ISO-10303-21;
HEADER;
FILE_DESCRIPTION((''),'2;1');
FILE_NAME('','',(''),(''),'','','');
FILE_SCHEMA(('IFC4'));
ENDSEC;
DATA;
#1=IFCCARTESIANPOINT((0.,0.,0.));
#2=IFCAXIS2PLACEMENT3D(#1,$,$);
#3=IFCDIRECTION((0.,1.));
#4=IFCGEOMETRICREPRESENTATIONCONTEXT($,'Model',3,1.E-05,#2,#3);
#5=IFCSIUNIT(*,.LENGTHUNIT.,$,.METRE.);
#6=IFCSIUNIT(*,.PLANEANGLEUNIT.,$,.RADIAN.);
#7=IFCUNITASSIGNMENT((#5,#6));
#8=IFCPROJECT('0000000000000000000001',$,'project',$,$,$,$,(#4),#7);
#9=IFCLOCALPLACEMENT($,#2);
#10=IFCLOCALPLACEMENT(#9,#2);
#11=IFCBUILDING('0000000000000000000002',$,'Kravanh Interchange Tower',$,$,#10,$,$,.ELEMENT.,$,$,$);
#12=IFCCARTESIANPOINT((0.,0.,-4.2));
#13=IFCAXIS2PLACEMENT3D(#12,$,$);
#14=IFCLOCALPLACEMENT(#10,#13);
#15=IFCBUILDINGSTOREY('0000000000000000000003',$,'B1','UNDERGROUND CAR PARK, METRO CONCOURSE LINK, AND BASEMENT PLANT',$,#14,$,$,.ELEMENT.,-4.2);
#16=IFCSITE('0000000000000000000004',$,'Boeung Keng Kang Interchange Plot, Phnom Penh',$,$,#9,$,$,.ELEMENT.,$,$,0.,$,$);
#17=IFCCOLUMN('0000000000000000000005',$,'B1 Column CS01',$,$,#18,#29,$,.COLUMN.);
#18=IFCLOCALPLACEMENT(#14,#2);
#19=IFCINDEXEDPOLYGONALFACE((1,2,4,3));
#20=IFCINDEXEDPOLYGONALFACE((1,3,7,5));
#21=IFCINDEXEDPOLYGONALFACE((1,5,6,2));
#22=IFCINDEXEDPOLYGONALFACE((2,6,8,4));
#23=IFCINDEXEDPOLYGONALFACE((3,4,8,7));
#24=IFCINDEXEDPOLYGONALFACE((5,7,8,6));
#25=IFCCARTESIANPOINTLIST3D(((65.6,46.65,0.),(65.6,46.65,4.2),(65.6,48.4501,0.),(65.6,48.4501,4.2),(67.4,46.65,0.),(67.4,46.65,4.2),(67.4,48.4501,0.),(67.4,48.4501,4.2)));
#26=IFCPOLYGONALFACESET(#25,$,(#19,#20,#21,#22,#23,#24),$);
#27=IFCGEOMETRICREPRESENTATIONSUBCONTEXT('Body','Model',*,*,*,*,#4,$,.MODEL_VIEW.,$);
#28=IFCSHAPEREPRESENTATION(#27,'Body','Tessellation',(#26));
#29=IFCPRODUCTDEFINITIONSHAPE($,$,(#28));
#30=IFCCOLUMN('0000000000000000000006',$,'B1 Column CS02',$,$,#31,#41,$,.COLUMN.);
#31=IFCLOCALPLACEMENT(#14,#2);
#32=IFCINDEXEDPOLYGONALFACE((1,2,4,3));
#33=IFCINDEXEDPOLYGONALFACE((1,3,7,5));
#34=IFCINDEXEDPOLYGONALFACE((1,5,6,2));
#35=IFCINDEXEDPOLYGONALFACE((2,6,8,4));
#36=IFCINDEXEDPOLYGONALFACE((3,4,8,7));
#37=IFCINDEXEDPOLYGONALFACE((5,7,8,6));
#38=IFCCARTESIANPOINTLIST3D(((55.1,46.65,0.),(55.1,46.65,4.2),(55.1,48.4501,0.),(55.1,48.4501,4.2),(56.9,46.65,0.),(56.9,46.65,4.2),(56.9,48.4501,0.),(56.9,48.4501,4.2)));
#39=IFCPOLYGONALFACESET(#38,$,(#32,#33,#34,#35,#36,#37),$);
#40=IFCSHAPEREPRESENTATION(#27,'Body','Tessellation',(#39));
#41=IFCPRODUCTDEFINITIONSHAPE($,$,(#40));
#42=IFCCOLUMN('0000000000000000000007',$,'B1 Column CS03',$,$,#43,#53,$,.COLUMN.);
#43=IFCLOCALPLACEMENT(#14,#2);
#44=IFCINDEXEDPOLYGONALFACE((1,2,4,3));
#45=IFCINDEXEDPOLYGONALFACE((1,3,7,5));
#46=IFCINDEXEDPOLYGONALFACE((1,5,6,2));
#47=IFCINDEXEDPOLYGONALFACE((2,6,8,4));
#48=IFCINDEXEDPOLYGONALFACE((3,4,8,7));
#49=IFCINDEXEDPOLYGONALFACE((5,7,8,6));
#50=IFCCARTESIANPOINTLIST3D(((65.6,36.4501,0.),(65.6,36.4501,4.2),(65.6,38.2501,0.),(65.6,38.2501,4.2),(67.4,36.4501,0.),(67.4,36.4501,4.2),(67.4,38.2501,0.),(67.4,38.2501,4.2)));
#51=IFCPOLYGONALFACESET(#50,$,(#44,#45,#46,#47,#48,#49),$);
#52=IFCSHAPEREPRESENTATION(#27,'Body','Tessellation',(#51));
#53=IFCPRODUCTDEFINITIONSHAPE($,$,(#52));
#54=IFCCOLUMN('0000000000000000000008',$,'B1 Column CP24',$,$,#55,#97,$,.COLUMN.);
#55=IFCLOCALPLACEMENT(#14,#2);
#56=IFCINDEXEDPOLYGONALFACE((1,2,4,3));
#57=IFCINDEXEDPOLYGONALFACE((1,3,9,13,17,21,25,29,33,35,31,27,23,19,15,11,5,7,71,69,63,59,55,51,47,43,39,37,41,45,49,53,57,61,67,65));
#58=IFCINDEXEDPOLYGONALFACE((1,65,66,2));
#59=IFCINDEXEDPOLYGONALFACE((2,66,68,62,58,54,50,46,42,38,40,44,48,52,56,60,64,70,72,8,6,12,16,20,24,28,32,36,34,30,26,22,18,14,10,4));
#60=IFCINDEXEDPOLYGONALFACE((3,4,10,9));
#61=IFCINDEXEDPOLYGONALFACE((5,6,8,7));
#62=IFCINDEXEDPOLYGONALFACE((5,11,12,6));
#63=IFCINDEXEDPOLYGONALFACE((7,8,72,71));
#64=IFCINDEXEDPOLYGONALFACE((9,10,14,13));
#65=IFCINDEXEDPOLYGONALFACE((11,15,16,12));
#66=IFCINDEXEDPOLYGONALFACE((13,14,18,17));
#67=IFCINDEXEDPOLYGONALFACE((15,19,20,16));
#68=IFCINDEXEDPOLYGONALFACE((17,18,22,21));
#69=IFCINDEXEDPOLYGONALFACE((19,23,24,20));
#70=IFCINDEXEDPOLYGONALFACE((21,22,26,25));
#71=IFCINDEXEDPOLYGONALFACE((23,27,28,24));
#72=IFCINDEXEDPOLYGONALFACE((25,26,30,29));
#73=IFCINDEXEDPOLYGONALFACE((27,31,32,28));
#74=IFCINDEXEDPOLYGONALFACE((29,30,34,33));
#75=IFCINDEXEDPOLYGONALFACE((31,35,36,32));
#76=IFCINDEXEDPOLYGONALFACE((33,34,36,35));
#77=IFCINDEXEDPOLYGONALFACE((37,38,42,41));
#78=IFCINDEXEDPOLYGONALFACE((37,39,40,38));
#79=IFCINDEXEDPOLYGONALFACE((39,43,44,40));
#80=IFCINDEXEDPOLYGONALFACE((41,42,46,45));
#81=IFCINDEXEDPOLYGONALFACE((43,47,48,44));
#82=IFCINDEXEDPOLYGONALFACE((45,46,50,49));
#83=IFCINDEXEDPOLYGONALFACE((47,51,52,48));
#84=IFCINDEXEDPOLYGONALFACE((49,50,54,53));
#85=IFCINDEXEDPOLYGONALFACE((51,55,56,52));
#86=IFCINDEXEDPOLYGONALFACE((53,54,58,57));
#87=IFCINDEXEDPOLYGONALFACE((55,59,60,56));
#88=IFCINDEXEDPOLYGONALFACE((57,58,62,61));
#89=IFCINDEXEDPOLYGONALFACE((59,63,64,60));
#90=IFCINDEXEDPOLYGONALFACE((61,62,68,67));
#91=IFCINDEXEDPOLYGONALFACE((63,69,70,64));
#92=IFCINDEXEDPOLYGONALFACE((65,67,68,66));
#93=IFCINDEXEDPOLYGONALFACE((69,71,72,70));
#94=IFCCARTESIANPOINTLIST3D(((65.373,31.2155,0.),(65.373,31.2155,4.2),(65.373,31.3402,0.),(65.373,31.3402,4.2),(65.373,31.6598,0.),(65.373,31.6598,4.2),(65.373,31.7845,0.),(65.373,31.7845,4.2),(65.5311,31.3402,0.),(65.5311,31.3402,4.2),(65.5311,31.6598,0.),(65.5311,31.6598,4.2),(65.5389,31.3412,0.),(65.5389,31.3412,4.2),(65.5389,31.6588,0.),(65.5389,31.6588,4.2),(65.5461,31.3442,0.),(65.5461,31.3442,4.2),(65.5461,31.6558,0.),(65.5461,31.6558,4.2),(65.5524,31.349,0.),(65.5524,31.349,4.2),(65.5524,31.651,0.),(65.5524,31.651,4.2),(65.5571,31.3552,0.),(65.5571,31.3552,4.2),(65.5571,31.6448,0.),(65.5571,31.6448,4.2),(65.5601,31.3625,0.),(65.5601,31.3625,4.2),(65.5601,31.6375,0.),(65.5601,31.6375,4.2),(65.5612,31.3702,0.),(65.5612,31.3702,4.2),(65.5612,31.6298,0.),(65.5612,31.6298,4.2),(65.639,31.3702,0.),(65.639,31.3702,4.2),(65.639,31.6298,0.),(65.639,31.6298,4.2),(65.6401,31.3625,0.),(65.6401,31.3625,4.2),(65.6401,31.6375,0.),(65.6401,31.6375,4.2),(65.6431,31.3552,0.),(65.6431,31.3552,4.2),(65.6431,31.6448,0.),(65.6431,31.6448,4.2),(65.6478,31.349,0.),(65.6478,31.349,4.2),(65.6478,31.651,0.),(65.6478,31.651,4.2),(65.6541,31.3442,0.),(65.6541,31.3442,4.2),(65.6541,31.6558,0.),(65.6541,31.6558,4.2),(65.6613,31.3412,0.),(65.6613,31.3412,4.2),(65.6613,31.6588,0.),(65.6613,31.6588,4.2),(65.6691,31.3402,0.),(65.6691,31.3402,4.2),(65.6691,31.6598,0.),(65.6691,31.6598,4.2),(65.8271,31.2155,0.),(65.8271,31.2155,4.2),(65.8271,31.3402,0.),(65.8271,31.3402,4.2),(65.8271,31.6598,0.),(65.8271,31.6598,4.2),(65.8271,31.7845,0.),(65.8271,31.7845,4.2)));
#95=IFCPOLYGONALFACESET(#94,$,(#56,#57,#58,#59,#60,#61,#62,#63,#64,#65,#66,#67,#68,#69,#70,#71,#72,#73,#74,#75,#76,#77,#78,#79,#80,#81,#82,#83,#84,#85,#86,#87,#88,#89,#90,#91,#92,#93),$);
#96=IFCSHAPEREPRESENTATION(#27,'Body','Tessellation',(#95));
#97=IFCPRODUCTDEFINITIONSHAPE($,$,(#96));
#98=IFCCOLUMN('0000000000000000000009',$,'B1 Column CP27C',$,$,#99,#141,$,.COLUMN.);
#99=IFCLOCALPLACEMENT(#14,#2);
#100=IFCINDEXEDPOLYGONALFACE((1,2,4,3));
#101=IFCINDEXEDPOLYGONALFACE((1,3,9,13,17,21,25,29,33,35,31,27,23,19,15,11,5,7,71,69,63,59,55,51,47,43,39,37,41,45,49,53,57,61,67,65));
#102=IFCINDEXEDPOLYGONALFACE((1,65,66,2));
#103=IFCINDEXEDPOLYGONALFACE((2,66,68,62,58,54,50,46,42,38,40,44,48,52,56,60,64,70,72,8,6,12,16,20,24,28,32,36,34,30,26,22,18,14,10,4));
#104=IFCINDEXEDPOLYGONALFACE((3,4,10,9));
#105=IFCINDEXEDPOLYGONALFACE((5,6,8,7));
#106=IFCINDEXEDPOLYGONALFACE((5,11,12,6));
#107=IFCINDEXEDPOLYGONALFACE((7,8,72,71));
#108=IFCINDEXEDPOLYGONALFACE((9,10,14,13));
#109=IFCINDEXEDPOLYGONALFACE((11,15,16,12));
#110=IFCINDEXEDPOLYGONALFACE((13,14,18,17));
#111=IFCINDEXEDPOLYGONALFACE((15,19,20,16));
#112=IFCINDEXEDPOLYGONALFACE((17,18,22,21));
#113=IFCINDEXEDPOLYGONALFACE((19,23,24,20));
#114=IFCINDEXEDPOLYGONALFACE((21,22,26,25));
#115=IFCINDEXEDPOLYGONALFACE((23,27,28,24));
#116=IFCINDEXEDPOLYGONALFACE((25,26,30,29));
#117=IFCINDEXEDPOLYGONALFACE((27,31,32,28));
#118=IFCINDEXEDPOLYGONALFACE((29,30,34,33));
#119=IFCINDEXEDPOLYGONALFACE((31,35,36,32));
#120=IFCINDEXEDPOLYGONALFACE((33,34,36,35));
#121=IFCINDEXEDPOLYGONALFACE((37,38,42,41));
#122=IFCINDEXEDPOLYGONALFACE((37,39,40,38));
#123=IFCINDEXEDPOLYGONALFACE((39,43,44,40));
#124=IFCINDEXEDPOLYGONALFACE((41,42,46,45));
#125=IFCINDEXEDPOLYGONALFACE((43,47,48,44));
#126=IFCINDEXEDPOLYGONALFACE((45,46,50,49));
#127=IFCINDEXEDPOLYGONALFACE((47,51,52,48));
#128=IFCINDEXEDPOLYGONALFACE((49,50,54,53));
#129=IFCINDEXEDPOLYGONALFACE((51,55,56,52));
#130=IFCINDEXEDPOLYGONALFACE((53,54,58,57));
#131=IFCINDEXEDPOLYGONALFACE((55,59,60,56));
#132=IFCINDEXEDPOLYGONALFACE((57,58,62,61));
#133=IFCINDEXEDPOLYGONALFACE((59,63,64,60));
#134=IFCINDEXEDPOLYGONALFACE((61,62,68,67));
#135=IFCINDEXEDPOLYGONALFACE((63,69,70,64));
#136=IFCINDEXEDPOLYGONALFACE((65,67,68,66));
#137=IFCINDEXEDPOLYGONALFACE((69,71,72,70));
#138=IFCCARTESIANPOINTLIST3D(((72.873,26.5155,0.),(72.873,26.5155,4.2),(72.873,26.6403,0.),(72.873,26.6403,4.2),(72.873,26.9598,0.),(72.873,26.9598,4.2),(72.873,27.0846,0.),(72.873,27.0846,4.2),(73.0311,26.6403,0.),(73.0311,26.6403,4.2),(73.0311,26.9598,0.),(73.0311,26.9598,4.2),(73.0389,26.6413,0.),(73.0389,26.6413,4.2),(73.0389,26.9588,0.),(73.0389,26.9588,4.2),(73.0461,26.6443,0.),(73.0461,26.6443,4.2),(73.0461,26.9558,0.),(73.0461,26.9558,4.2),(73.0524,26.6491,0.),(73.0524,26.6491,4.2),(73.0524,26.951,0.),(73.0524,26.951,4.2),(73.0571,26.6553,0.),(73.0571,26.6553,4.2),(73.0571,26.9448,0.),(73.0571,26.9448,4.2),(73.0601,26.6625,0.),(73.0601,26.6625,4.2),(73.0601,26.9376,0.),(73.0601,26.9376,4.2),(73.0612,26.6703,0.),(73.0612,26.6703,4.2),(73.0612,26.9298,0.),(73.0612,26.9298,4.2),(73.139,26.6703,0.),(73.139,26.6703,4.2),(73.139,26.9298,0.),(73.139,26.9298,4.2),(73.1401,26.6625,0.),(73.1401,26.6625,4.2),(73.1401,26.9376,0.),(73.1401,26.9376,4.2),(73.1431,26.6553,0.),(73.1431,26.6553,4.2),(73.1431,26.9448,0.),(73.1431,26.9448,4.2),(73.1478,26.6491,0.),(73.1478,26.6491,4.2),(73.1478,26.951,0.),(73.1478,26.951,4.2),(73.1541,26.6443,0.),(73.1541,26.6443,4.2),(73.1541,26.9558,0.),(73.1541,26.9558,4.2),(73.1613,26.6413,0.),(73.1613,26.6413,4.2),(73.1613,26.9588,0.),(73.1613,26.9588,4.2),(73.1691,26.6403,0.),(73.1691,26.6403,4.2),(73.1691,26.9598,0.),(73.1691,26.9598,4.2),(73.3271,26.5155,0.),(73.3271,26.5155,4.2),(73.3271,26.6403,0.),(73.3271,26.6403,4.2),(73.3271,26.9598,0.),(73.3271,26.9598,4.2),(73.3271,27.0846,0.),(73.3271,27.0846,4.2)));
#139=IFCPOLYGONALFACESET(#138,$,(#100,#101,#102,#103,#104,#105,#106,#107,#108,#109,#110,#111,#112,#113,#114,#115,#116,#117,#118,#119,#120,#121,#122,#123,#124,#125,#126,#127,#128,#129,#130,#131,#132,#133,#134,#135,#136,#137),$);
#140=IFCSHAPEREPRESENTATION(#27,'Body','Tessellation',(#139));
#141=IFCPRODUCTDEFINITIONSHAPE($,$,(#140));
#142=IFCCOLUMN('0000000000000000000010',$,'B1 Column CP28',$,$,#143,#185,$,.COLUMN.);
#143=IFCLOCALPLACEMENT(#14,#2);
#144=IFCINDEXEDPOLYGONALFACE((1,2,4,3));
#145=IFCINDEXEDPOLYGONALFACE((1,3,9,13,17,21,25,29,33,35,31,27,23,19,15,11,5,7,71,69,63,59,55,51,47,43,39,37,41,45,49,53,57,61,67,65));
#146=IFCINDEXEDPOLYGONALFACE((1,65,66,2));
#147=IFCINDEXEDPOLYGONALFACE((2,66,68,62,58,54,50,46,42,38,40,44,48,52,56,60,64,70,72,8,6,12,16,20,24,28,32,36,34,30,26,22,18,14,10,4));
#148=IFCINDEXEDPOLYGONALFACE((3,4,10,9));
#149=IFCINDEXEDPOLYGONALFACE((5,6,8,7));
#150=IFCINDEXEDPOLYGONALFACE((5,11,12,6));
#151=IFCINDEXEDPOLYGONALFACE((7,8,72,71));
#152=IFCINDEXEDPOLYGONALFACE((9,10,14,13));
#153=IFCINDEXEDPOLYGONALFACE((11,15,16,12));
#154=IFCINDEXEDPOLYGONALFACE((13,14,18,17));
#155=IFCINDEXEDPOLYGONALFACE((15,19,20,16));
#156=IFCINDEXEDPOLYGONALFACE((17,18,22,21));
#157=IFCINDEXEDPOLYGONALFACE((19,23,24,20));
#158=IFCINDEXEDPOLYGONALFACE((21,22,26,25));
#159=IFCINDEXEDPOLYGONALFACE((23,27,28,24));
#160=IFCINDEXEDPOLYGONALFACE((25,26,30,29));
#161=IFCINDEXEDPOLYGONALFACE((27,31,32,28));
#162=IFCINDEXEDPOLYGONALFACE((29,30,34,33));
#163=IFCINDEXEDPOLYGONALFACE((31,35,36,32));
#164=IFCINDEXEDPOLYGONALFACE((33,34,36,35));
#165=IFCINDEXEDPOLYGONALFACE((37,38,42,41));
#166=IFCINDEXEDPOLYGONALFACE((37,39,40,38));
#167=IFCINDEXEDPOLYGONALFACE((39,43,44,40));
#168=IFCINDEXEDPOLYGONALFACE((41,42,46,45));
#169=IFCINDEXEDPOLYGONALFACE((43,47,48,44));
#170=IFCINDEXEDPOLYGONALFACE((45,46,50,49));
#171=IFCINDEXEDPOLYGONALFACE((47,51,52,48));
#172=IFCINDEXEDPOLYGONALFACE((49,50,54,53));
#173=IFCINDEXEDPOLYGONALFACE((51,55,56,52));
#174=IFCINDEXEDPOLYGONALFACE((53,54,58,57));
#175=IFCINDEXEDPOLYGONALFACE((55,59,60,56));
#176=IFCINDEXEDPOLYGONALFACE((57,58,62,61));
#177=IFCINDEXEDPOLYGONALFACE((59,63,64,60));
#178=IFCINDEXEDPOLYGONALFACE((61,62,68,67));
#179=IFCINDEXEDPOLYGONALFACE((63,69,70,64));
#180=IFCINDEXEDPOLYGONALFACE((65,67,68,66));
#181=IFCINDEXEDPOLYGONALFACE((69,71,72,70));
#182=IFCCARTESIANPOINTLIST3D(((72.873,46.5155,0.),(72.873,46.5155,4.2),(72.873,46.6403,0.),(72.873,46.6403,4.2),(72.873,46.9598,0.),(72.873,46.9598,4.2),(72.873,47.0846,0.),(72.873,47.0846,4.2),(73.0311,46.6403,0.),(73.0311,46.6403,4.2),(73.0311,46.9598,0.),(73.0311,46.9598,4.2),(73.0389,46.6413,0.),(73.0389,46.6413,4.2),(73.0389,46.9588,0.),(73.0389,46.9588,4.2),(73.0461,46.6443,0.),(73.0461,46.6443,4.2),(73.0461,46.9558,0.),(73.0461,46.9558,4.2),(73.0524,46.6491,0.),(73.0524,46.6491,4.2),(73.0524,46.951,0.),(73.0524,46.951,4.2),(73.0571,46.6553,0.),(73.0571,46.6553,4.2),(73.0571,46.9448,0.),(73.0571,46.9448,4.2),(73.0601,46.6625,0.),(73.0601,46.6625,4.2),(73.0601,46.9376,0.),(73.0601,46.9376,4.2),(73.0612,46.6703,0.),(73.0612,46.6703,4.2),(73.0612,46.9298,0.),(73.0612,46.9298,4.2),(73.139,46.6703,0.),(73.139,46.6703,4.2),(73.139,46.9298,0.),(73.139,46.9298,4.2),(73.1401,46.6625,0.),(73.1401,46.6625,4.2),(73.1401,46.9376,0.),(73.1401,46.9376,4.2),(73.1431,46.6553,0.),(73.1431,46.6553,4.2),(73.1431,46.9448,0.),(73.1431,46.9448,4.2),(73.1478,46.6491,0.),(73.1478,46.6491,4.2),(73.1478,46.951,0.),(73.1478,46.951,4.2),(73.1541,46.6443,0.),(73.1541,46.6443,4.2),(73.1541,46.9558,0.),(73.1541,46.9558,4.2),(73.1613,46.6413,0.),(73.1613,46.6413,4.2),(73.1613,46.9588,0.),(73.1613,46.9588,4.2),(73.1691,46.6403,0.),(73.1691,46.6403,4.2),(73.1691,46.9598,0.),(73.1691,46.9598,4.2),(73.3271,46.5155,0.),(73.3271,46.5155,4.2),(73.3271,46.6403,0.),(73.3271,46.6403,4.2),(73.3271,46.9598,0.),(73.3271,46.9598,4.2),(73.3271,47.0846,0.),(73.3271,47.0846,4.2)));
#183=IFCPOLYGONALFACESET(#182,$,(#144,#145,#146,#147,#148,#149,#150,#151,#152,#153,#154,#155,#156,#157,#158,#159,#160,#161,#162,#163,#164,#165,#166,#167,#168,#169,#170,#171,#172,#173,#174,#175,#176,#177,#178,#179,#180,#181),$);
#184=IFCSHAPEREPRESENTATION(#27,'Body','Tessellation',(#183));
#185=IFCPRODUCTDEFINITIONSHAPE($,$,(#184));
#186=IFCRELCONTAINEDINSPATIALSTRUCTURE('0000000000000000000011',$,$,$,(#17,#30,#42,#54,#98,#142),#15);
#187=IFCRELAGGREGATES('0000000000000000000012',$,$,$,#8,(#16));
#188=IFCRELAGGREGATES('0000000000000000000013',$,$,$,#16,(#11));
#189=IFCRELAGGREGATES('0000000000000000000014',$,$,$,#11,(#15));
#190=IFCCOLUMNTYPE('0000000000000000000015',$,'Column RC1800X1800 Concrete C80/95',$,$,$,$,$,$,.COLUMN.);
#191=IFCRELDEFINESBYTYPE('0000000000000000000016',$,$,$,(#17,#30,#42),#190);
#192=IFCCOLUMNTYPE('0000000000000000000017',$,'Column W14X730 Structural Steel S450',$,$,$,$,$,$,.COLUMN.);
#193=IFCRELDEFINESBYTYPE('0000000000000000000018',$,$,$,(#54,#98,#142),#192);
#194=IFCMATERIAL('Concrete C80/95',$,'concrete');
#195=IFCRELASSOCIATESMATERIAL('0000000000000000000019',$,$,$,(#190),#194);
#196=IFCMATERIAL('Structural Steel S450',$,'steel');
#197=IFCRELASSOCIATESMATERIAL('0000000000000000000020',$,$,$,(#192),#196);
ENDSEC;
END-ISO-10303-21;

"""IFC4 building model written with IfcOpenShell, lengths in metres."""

from ifc_helpers import new_model, si_unit, direction, frame, origin, origin_2d, place, context, subcontext, project, spatial, rectangle, i_section, extrude, material, material_profile, profile_set, type_object, element, save


model = new_model("IFC4")

# Units and contexts
model_context = context("Model", 3, precision=1e-05, world=origin(), true_north=direction((0.0, 1.0)))
body_context = subcontext(model_context, "Body", "Model", "MODEL_VIEW")
ifc_project = project(units=[si_unit("LENGTHUNIT", "METRE"), si_unit("PLANEANGLEUNIT", "RADIAN")], contexts=[model_context])

# Site, building, storey
site_placement = place(None, origin())
site = spatial("IfcSite", under=ifc_project, at=site_placement, Name="Boeung Keng Kang Interchange Plot, Phnom Penh", CompositionType="ELEMENT", RefElevation=0.0)
building_placement = place(site_placement, origin())
building = spatial("IfcBuilding", under=site, at=building_placement, Name="Kravanh Interchange Tower", CompositionType="ELEMENT")
storey_placement = place(building_placement, frame((0.0, 0.0, -4.2)))
storey = spatial("IfcBuildingStorey", under=building, at=storey_placement, Name="B1", Description="UNDERGROUND CAR PARK, METRO CONCOURSE LINK, AND BASEMENT PLANT", CompositionType="ELEMENT", Elevation=-4.2)

# Columns
ifc_material_1 = material(Name="Concrete C80/95", Category="concrete")
ifc_material_profile_1 = material_profile(ifc_material_1, rectangle(XDim=1.8, YDim=1.8, at=origin_2d()), Name="RC1800X1800")
ifc_profile_set_1 = profile_set([ifc_material_profile_1], Name="Concrete C80/95")
column_type_1 = type_object("IfcColumnType", Name="Column RC1800X1800 Concrete C80/95", PredefinedType="COLUMN", material=ifc_profile_set_1)
for number, where, z_axis, x_axis, name in (
    (1, (66.5, 47.55, 0.0), (0.0, 0.0, 1.0), (1.0, 0.0, 0.0), "B1 Column CS01"),
    (2, (56.0, 47.55, 0.0), (0.0, 0.0, 1.0), (1.0, 0.0, 0.0), "B1 Column CS02"),
    (3, (66.5, 37.3501, 0.0), (0.0, 0.0, 1.0), (1.0, 0.0, 0.0), "B1 Column CS03"),
):
    element("IfcColumn", number, at=place(storey_placement, frame(where, z_axis=z_axis, x_axis=x_axis)), inside=storey, type_object=column_type_1, Name=name, PredefinedType="COLUMN", context=body_context, shape_type="SweptSolid", body=[
        extrude(rectangle(XDim=1.8, YDim=1.8, at=origin_2d()), origin(), (0.0, 0.0, 1.0), 4.2),
    ])
ifc_material_2 = material(Name="Structural Steel S450", Category="steel")
ifc_material_profile_2 = material_profile(ifc_material_2, i_section(OverallWidth=0.4541, OverallDepth=0.5691, WebThickness=0.0779, FlangeThickness=0.1248, FilletRadius=0.03, at=origin_2d()), Name="W14X730")
ifc_profile_set_2 = profile_set([ifc_material_profile_2], Name="Structural Steel S450")
column_type_2 = type_object("IfcColumnType", Name="Column W14X730 Structural Steel S450", PredefinedType="COLUMN", material=ifc_profile_set_2)
for number, where, z_axis, x_axis, name in (
    (4, (65.6001, 31.5, 0.0), (0.0, 0.0, 1.0), (1.0, 0.0, 0.0), "B1 Column CP24"),
    (5, (73.1001, 26.8, 0.0), (0.0, 0.0, 1.0), (1.0, 0.0, 0.0), "B1 Column CP27C"),
    (6, (73.1001, 46.8, 0.0), (0.0, 0.0, 1.0), (1.0, 0.0, 0.0), "B1 Column CP28"),
):
    element("IfcColumn", number, at=place(storey_placement, frame(where, z_axis=z_axis, x_axis=x_axis)), inside=storey, type_object=column_type_2, Name=name, PredefinedType="COLUMN", context=body_context, shape_type="SweptSolid", body=[
        extrude(i_section(OverallWidth=0.4541, OverallDepth=0.5691, WebThickness=0.0779, FlangeThickness=0.1248, FilletRadius=0.03, at=origin_2d()), origin(), (0.0, 0.0, 1.0), 4.2),
    ])

save(model, "model.ifc")
